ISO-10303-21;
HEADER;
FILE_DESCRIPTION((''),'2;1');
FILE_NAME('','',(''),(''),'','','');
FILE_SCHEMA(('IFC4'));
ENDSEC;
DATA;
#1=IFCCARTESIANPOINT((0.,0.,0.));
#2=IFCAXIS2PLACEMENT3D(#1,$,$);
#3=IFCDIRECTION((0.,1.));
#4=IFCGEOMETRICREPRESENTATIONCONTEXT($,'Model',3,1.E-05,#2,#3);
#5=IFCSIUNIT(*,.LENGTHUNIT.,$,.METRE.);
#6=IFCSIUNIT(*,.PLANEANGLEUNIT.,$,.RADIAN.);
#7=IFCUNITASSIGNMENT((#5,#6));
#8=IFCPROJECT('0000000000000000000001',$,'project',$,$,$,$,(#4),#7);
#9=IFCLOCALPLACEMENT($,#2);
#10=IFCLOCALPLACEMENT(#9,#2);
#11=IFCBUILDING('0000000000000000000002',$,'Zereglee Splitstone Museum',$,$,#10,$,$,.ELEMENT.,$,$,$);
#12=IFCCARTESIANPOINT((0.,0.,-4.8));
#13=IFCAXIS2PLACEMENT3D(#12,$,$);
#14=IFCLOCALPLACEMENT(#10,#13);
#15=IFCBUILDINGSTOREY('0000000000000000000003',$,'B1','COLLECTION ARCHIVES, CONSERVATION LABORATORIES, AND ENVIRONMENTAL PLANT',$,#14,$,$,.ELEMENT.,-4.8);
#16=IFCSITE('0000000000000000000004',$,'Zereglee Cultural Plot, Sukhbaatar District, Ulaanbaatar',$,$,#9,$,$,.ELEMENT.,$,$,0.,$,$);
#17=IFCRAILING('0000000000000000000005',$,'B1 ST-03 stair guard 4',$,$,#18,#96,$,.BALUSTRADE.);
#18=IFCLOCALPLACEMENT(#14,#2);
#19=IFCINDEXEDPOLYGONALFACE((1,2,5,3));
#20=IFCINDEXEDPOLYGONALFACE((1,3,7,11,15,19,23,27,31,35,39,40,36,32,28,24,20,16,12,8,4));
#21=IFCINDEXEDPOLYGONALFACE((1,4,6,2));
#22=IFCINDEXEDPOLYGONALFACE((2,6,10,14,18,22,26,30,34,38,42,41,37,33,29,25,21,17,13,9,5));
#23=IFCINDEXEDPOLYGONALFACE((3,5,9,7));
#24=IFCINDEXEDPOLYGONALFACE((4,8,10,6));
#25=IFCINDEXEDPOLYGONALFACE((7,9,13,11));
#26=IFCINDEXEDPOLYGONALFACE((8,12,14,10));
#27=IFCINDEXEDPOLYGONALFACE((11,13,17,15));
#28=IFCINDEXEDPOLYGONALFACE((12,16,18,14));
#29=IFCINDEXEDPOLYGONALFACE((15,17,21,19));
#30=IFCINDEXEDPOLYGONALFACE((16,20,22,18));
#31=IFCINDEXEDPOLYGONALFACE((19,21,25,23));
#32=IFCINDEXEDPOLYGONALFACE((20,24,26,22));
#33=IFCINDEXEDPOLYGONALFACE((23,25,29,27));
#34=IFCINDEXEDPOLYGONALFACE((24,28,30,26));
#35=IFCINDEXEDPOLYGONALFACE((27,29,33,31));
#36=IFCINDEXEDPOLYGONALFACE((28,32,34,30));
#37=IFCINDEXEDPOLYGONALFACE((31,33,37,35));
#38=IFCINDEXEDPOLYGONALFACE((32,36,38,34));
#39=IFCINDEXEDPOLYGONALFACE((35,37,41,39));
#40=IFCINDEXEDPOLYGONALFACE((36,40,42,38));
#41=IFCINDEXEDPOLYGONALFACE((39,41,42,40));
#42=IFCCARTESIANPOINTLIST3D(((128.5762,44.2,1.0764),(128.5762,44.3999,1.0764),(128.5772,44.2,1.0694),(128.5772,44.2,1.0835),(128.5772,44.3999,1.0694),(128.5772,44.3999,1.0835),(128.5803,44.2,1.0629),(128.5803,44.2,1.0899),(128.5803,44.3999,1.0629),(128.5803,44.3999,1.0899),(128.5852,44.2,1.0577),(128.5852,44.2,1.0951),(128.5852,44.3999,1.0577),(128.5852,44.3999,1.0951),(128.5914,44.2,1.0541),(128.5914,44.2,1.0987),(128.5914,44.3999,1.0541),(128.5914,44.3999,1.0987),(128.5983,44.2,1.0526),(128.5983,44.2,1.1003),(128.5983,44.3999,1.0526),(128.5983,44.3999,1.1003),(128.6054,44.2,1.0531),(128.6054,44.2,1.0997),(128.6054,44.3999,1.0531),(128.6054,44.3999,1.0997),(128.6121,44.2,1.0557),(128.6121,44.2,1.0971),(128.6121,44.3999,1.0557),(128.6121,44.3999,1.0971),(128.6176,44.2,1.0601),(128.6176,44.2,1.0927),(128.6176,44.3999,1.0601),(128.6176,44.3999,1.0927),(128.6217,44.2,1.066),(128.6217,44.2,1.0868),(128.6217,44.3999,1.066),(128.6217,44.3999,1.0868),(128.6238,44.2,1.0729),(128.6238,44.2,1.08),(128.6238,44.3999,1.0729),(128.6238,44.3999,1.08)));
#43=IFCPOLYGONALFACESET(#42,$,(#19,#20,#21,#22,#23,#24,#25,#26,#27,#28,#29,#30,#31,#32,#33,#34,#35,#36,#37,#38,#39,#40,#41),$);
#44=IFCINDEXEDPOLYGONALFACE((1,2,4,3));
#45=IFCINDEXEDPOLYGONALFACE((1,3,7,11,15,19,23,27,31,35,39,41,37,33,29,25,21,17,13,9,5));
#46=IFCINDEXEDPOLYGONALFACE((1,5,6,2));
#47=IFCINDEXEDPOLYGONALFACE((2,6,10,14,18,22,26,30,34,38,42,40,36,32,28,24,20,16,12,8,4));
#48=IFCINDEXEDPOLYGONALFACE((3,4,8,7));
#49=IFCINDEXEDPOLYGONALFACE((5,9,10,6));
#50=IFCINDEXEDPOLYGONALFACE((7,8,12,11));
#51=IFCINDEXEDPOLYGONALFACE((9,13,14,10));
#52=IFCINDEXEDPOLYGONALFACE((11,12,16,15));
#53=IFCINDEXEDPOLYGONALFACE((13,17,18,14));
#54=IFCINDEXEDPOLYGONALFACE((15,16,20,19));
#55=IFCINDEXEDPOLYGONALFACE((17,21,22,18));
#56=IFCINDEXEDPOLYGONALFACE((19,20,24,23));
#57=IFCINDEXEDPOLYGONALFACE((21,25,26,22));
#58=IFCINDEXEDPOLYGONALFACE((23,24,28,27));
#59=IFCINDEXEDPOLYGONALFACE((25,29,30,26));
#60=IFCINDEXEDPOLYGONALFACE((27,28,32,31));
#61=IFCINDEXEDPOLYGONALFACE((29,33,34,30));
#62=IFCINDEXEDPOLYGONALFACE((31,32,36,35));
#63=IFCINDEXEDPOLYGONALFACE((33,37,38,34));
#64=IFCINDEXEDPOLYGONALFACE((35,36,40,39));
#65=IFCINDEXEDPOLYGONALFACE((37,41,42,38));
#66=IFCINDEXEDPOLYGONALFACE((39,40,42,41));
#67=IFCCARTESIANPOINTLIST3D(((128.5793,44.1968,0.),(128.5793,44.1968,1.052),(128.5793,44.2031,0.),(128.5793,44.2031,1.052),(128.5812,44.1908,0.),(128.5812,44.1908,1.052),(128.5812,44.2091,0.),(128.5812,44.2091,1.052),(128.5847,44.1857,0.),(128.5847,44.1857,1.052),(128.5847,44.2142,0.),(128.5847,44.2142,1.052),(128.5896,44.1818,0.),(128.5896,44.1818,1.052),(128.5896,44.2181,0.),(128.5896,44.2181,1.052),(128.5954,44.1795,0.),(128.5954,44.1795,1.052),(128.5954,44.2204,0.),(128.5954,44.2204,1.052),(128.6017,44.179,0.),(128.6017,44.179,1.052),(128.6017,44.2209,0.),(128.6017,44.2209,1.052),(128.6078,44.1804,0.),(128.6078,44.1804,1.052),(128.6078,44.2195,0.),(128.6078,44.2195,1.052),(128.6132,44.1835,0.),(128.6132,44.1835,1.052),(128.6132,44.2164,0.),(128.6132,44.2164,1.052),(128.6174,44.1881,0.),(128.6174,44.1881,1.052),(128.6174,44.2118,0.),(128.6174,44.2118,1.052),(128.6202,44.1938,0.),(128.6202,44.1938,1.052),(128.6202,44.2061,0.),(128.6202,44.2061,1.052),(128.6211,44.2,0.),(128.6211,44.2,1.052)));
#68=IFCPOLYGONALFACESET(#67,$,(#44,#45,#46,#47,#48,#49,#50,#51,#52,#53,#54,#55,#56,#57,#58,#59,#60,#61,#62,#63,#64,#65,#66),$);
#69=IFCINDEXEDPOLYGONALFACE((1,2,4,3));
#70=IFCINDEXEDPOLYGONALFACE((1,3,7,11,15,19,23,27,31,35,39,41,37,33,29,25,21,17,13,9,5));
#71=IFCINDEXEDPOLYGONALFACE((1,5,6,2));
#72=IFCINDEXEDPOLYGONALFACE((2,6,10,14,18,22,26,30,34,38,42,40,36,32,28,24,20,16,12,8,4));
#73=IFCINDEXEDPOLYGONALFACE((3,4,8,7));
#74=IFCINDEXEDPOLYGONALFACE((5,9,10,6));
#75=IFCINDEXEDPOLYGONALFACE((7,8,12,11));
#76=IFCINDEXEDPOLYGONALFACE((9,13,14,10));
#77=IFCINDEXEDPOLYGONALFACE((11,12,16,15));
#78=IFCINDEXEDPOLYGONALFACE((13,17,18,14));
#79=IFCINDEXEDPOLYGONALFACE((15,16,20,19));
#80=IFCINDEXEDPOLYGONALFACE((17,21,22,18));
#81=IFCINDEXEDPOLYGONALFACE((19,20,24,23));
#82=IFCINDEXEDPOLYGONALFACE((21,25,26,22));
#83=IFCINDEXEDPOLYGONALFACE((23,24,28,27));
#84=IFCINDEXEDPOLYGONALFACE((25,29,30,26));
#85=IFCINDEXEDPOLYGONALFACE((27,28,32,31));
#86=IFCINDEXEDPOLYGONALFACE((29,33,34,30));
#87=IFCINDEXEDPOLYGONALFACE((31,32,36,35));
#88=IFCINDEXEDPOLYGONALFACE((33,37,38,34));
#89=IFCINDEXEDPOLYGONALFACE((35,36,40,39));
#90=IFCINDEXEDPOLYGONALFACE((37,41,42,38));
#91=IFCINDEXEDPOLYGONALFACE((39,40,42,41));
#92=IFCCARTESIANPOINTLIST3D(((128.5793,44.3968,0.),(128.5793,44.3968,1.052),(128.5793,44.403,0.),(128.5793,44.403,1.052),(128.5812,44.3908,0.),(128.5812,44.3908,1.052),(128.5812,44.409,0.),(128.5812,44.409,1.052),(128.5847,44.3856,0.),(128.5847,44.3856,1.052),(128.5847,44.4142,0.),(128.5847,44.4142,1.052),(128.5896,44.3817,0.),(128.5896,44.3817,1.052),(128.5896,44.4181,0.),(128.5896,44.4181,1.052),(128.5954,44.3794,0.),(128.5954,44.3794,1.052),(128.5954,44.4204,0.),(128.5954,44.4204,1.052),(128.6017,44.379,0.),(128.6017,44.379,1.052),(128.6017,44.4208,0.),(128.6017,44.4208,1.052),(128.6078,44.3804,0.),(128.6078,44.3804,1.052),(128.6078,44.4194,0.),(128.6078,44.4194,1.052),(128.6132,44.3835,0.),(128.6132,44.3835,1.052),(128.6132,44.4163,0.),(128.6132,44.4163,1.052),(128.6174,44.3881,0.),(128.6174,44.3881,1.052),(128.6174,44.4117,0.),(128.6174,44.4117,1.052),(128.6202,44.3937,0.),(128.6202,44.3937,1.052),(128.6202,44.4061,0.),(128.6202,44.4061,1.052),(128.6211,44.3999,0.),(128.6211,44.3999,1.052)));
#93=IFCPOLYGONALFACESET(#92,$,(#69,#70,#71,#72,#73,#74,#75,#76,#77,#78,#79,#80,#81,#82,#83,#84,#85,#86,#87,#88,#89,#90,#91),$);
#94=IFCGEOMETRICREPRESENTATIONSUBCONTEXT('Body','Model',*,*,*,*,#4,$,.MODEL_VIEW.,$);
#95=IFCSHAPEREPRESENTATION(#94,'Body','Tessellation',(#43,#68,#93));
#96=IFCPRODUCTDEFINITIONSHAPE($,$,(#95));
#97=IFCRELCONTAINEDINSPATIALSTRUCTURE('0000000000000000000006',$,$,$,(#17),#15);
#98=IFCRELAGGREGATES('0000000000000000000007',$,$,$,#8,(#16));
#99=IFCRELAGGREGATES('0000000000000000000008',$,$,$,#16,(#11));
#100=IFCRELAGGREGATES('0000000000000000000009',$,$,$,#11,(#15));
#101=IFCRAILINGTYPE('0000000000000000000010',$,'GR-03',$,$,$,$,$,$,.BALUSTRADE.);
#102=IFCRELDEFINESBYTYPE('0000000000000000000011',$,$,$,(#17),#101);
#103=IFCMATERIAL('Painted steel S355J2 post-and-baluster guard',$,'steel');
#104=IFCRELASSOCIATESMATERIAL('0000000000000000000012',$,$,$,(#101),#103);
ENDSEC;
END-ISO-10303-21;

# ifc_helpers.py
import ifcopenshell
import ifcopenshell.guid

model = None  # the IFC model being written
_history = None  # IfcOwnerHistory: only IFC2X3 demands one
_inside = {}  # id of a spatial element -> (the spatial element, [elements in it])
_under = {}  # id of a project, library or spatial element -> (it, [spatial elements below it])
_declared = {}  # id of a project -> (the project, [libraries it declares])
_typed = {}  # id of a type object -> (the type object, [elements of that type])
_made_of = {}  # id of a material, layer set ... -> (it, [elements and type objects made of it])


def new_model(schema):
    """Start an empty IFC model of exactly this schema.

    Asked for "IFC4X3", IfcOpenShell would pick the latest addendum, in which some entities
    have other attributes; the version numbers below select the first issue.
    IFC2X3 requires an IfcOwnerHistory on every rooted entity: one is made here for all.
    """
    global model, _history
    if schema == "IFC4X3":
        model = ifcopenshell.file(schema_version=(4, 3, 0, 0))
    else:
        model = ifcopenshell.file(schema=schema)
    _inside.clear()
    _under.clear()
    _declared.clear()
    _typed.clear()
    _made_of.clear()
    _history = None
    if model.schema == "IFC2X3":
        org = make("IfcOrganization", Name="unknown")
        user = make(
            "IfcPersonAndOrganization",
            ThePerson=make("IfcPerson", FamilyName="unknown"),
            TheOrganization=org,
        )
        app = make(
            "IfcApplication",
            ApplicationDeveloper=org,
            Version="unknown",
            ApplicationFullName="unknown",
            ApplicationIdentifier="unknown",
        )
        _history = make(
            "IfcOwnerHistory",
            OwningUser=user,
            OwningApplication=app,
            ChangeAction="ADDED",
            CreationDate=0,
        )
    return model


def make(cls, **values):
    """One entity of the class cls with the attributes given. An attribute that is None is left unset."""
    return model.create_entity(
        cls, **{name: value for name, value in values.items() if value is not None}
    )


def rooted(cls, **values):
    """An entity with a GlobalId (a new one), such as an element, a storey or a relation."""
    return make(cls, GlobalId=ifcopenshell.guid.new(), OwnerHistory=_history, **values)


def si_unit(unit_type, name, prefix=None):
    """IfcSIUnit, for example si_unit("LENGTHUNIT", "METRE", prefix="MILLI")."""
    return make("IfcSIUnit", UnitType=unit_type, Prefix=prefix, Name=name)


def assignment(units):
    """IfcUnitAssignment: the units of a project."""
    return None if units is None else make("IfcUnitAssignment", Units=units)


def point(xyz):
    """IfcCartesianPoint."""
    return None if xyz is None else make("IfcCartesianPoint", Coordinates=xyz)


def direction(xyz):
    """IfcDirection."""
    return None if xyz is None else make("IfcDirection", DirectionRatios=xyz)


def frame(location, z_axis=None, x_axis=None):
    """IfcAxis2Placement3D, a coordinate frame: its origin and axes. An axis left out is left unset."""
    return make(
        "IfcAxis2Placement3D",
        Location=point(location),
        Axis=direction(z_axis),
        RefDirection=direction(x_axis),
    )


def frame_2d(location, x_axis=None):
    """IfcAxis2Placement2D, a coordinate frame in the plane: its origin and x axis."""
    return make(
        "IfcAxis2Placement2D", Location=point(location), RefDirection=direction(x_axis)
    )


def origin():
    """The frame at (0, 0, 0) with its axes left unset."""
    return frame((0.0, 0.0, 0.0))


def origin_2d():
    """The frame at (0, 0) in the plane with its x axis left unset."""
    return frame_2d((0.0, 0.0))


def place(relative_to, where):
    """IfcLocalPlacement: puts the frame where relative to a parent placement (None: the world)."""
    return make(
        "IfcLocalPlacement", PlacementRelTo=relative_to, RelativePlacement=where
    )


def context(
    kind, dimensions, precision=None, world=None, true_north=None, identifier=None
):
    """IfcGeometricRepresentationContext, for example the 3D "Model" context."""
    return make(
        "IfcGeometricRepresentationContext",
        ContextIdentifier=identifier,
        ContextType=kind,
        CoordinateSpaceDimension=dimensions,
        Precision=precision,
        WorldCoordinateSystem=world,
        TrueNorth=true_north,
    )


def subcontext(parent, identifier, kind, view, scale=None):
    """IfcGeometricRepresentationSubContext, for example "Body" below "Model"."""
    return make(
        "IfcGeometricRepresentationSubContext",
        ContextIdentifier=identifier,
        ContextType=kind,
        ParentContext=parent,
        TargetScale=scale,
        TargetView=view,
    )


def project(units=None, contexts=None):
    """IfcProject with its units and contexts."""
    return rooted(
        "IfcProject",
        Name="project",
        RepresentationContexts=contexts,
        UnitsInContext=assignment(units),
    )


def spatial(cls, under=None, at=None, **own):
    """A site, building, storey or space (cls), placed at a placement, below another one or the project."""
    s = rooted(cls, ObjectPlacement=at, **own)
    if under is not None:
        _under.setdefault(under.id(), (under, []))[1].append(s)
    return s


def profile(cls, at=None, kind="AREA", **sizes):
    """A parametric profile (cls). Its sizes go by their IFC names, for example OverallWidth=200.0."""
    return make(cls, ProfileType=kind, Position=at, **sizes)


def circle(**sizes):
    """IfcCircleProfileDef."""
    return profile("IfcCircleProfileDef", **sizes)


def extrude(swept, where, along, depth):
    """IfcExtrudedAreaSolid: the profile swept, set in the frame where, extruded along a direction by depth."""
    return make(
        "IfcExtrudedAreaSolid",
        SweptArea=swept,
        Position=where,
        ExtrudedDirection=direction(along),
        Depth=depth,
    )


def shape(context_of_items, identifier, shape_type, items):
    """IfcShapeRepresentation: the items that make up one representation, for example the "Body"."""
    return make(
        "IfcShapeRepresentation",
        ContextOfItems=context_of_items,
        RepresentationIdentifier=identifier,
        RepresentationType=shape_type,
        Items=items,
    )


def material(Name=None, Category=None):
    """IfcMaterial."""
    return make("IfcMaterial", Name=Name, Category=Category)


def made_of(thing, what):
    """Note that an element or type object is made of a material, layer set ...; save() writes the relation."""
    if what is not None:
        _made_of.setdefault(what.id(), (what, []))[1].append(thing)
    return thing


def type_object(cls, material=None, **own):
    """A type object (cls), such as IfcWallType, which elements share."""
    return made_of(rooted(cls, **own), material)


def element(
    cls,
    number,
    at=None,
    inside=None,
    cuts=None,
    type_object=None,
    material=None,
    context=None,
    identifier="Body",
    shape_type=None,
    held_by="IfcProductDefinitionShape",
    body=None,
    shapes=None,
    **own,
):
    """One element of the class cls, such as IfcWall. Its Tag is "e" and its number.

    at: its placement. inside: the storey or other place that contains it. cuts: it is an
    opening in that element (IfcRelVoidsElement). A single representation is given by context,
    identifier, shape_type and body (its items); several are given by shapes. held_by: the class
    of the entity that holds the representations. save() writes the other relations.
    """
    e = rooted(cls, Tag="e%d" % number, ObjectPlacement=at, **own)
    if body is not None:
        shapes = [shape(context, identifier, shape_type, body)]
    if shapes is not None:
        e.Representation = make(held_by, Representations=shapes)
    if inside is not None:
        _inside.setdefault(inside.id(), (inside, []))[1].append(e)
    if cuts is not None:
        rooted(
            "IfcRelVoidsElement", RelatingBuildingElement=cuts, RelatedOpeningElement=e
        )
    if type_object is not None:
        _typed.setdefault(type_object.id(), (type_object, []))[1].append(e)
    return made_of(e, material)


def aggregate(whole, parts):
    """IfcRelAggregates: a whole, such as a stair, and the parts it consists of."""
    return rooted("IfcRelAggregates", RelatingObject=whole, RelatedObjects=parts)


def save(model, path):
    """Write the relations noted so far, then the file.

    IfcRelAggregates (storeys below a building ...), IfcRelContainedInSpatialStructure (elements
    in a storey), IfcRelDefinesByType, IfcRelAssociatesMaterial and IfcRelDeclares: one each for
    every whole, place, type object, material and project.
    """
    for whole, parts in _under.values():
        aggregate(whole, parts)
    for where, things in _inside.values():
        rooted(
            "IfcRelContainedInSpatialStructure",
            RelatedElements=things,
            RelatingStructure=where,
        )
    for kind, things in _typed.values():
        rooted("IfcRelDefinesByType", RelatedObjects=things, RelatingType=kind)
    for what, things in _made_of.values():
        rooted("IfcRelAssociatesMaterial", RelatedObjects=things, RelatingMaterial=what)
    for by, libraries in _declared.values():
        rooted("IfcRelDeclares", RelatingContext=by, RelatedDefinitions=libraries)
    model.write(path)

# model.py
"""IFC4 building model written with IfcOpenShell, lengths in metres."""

from ifc_helpers import new_model, si_unit, direction, frame, origin, origin_2d, place, context, subcontext, project, spatial, circle, extrude, material, type_object, element, save


model = new_model("IFC4")

# Units and contexts
model_context = context("Model", 3, precision=1e-05, world=origin(), true_north=direction((0.0, 1.0)))
body_context = subcontext(model_context, "Body", "Model", "MODEL_VIEW")
ifc_project = project(units=[si_unit("LENGTHUNIT", "METRE"), si_unit("PLANEANGLEUNIT", "RADIAN")], contexts=[model_context])

# Site, building, storey
site_placement = place(None, origin())
site = spatial("IfcSite", under=ifc_project, at=site_placement, Name="Zereglee Cultural Plot, Sukhbaatar District, Ulaanbaatar", CompositionType="ELEMENT", RefElevation=0.0)
building_placement = place(site_placement, origin())
building = spatial("IfcBuilding", under=site, at=building_placement, Name="Zereglee Splitstone Museum", CompositionType="ELEMENT")
storey_placement = place(building_placement, frame((0.0, 0.0, -4.8)))
storey = spatial("IfcBuildingStorey", under=building, at=storey_placement, Name="B1", Description="COLLECTION ARCHIVES, CONSERVATION LABORATORIES, AND ENVIRONMENTAL PLANT", CompositionType="ELEMENT", Elevation=-4.8)

# Railing
ifc_material_1 = material(Name="Painted steel S355J2 post-and-baluster guard", Category="steel")
railing_type_1 = type_object("IfcRailingType", Name="GR-03", PredefinedType="BALUSTRADE", material=ifc_material_1)
railing_1_placement = place(storey_placement, frame((128.6001, 44.2, 0.0)))
element("IfcRailing", 1, at=railing_1_placement, inside=storey, type_object=railing_type_1, Name="B1 ST-03 stair guard 4", PredefinedType="BALUSTRADE", context=body_context, shape_type="SweptSolid", body=[
    extrude(circle(Radius=0.0239, at=origin_2d()), frame((0.0, 0.0, 1.0764), z_axis=(0.0, 1.0, 0.0), x_axis=(-1.0, 0.0, 0.0)), (0.0, 0.0, 1.0), 0.2),
    extrude(circle(Radius=0.021, at=origin_2d()), origin(), (0.0, 0.0, 1.0), 1.052),
    extrude(circle(Radius=0.021, at=origin_2d()), frame((0.0, 0.2, 0.0)), (0.0, 0.0, 1.0), 1.052),
])

save(model, "model.ifc")
